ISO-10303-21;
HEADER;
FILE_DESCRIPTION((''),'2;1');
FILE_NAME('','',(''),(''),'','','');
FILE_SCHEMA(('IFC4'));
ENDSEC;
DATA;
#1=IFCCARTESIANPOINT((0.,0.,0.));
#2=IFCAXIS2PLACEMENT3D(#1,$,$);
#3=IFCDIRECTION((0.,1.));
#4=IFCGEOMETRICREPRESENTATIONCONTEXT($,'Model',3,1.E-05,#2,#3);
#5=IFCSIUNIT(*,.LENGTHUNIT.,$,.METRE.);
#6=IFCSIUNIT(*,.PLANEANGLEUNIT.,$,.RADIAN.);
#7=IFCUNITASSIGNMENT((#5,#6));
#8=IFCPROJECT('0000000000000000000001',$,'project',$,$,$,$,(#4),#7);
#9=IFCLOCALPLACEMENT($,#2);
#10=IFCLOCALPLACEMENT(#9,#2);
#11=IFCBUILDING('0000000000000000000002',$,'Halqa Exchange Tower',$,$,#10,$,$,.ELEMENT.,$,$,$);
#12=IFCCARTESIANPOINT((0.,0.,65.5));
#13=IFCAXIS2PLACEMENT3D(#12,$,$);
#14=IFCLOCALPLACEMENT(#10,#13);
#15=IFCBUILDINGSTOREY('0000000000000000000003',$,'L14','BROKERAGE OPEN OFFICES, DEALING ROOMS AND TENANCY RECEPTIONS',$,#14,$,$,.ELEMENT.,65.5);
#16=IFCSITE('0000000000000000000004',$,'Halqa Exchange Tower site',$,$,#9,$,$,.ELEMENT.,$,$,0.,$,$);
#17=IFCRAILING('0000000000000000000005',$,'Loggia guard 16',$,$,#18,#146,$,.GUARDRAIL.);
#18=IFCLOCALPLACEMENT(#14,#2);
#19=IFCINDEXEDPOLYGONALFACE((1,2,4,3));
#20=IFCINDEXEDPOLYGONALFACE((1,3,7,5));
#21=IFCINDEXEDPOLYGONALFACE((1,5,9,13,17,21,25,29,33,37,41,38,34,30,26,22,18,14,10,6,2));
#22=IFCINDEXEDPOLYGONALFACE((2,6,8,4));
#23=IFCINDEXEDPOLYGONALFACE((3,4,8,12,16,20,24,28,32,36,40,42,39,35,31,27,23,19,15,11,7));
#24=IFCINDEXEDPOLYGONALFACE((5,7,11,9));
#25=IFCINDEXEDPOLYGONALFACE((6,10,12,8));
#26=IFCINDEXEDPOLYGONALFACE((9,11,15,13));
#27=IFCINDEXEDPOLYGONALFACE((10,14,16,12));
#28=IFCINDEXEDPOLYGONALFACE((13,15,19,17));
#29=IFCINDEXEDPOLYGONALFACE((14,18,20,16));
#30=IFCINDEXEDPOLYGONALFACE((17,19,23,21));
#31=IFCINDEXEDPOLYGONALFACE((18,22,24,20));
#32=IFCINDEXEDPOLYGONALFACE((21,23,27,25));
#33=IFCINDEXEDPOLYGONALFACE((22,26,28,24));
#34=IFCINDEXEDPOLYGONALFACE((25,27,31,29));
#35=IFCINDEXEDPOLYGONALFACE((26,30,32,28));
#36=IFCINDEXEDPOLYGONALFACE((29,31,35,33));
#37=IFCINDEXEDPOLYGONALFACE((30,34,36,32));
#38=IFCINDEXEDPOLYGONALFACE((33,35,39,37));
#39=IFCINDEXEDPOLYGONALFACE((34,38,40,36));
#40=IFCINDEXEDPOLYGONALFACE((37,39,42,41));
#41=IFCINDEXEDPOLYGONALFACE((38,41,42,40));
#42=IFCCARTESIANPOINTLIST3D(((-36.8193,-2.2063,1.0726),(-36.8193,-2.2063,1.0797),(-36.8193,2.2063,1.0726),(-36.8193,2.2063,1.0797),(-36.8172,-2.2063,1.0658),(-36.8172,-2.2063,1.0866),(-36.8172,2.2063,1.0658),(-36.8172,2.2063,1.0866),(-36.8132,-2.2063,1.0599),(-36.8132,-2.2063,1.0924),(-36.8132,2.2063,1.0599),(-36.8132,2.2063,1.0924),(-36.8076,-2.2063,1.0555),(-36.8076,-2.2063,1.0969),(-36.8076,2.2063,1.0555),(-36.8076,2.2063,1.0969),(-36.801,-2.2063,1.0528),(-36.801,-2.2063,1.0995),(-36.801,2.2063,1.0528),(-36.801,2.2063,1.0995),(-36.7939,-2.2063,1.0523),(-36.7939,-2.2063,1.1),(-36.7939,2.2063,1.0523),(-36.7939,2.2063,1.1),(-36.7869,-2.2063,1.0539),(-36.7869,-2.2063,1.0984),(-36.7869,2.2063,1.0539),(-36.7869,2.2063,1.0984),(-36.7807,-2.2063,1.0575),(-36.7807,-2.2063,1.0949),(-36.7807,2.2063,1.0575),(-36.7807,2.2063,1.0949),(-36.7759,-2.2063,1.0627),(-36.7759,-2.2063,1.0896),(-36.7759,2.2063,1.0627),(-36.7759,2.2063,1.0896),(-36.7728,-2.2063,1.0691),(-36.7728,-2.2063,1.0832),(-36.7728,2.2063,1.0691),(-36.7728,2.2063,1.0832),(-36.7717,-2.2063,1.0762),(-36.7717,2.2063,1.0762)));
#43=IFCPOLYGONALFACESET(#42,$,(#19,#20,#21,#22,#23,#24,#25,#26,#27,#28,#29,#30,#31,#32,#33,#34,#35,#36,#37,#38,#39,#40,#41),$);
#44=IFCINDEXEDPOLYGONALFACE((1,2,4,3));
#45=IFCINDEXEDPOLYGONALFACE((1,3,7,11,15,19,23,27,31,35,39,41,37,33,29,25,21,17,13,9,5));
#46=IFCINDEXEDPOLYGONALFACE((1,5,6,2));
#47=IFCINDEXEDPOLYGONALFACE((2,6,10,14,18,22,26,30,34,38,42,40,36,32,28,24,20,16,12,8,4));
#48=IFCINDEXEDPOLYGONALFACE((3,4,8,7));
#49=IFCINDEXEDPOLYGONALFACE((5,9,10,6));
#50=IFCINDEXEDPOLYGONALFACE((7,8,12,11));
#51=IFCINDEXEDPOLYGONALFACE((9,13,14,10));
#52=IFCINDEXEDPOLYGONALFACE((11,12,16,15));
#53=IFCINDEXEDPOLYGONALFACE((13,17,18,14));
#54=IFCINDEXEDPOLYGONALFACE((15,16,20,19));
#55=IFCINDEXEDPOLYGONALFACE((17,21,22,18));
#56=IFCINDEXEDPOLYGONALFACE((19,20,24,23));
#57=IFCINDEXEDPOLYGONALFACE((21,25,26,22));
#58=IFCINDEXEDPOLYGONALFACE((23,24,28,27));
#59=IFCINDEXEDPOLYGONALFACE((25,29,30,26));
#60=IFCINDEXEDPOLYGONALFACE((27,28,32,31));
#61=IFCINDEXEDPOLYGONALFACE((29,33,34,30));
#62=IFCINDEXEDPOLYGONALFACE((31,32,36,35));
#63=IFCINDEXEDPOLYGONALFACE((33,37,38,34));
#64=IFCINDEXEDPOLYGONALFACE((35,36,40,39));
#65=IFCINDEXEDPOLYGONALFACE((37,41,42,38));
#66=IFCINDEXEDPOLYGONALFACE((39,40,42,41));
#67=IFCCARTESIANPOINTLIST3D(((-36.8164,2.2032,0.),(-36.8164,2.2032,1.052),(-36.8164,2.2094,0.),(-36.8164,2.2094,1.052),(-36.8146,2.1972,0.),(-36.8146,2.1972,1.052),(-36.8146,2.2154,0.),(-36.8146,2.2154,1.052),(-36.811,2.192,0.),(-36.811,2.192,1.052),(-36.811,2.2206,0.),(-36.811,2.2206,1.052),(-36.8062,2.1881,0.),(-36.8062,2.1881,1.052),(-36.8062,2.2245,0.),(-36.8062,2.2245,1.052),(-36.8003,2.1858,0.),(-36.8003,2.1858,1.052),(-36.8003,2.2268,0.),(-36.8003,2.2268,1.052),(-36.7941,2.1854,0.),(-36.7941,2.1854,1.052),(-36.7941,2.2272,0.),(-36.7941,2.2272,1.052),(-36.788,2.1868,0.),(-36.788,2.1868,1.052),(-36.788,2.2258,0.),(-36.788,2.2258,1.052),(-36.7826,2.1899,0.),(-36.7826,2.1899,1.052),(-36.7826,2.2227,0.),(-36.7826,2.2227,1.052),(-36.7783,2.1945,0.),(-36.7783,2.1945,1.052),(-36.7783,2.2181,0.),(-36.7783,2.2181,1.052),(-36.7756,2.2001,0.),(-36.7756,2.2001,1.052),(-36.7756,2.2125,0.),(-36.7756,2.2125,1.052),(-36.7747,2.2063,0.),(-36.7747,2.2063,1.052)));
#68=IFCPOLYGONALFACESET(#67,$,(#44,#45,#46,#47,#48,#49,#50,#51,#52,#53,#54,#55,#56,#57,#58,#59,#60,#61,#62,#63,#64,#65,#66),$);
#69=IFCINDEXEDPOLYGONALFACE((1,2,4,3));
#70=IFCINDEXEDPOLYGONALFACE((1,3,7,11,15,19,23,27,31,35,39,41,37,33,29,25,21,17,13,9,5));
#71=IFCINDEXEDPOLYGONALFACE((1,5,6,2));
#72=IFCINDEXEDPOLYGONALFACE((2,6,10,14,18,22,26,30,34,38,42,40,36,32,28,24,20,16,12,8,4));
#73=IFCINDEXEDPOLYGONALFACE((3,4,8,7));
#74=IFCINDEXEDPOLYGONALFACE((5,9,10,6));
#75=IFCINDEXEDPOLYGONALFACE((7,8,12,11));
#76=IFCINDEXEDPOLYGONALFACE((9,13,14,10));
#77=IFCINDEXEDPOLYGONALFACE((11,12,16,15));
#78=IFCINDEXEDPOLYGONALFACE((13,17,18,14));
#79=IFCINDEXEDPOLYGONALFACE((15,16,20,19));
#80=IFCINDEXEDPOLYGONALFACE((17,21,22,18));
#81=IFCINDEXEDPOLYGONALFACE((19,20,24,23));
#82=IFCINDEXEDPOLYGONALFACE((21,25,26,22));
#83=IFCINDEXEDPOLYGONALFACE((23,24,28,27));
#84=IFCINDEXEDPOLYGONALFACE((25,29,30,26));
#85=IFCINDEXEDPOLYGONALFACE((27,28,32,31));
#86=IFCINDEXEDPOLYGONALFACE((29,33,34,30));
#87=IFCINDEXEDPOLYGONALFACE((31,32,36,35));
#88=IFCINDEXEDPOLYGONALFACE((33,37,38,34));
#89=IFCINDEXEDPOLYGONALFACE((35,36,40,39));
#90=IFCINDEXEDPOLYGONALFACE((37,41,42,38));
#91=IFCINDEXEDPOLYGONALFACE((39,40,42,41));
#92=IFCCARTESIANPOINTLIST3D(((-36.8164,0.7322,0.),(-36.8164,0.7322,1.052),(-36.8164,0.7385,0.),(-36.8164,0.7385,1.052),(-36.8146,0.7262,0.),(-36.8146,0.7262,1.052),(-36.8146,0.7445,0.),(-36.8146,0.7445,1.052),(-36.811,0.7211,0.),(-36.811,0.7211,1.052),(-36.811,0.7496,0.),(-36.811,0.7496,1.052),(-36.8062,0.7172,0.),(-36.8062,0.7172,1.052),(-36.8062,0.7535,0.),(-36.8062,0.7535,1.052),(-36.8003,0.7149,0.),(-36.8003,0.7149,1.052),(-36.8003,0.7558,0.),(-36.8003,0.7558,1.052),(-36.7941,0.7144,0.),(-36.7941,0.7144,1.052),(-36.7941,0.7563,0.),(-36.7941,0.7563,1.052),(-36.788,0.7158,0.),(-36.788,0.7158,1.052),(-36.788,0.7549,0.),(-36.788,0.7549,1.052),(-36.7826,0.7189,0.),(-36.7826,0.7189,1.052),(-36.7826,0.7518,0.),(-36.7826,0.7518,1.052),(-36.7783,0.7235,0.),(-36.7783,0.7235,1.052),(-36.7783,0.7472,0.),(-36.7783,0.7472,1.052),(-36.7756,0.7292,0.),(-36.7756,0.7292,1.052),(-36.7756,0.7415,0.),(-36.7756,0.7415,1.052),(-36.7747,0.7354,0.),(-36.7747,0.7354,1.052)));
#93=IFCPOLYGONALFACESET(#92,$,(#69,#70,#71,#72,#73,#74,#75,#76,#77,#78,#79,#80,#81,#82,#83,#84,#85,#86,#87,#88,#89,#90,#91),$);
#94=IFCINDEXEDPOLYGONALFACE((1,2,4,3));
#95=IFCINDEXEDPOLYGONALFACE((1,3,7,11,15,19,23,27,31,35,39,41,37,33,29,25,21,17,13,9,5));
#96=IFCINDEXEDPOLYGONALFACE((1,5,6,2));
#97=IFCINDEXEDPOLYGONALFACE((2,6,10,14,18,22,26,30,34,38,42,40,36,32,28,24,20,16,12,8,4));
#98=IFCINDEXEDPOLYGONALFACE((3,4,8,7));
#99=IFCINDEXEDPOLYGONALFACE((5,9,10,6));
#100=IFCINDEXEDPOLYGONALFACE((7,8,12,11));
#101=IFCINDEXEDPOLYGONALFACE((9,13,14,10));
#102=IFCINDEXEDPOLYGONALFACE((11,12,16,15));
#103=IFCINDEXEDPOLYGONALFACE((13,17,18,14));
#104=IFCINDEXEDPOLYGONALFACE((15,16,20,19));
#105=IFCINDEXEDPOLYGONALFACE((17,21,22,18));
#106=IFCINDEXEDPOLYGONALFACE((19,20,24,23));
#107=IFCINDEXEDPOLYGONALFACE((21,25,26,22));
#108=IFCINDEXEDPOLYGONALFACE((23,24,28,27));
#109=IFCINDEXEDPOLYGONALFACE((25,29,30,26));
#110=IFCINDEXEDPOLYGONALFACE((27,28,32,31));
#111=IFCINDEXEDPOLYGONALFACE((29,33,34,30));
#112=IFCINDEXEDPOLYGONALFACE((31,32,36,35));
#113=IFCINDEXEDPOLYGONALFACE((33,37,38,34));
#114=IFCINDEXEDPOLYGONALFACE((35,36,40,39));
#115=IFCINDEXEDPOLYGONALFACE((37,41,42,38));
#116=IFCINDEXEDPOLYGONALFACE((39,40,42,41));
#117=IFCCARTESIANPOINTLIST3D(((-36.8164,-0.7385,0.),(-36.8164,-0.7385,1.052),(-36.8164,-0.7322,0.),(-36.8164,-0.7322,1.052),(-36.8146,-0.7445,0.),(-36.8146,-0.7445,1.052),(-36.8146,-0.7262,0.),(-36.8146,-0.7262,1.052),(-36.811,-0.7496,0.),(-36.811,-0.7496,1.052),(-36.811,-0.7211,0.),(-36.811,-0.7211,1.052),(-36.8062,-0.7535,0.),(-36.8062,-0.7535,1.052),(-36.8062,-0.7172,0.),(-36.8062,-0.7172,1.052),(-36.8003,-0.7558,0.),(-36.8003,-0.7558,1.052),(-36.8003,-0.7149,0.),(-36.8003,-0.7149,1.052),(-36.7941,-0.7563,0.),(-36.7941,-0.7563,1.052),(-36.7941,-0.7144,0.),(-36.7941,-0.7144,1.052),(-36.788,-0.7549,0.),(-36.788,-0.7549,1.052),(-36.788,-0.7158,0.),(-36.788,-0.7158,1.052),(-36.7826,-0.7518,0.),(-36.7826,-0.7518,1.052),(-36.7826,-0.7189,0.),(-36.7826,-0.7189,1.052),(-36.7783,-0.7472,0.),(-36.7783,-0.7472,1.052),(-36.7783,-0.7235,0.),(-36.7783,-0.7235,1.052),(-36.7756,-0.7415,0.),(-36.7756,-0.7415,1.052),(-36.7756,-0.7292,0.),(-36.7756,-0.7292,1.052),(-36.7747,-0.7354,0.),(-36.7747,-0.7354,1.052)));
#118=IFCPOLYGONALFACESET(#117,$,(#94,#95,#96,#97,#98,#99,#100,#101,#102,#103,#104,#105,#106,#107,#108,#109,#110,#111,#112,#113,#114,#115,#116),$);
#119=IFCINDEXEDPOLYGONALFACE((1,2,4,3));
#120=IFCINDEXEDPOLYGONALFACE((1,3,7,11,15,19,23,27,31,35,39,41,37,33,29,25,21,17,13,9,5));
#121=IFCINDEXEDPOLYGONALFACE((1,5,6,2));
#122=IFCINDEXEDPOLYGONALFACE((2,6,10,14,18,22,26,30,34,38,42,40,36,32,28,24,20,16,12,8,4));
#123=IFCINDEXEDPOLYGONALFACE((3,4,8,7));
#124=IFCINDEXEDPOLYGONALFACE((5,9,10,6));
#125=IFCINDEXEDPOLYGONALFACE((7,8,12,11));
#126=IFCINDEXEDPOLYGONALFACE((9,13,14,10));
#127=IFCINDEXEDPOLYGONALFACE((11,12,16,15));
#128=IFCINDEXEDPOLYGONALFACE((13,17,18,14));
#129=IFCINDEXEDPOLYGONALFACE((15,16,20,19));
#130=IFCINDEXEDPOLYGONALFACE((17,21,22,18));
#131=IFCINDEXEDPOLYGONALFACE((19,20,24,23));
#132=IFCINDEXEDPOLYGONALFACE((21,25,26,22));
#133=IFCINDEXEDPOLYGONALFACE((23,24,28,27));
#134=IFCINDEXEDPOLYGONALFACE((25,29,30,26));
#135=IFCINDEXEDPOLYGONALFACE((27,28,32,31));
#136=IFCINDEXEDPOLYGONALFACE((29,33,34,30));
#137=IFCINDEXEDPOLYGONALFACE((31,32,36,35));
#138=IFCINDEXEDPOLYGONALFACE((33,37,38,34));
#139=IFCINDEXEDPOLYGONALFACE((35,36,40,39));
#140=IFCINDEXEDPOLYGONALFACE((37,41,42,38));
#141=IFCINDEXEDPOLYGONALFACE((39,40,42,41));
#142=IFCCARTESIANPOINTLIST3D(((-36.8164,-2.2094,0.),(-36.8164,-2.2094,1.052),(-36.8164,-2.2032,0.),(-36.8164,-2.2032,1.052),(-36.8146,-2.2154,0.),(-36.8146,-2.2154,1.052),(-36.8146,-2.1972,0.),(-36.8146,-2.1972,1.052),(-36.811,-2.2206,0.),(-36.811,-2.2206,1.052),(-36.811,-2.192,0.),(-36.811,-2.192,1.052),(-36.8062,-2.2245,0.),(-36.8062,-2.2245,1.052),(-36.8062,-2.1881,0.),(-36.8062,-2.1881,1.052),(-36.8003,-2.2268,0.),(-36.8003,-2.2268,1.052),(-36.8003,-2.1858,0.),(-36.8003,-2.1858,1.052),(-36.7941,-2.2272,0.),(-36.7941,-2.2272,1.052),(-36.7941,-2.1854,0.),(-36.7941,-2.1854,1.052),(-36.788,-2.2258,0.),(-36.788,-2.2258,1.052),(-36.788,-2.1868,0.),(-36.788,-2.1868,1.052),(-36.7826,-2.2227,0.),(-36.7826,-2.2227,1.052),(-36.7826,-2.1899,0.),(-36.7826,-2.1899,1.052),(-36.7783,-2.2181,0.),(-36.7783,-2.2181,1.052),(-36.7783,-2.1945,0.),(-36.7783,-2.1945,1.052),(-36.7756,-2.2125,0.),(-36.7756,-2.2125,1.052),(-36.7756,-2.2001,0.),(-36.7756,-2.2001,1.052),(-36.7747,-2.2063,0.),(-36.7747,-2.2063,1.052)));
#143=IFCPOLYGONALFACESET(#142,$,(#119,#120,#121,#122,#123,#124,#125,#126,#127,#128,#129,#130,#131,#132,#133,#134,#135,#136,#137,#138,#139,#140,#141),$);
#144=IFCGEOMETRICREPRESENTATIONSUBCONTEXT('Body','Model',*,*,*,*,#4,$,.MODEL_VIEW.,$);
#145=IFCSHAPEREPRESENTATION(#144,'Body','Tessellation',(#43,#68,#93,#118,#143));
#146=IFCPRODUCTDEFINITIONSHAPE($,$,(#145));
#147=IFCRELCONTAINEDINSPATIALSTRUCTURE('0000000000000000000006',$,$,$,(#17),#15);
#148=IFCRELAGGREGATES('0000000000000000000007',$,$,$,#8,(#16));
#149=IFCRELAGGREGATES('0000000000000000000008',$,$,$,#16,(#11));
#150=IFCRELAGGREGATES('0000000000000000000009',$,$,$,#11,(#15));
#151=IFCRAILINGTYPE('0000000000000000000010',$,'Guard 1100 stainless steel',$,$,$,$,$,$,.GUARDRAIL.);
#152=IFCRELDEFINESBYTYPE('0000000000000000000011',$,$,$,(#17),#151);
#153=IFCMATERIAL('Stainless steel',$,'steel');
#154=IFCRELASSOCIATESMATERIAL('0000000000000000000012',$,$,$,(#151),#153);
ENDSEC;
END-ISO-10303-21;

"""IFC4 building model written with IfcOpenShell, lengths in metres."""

from ifc_helpers import new_model, si_unit, direction, frame, origin, origin_2d, place, context, subcontext, project, spatial, circle, extrude, material, type_object, element, save


model = new_model("IFC4")

# Units and contexts
model_context = context("Model", 3, precision=1e-05, world=origin(), true_north=direction((0.0, 1.0)))
body_context = subcontext(model_context, "Body", "Model", "MODEL_VIEW")
ifc_project = project(units=[si_unit("LENGTHUNIT", "METRE"), si_unit("PLANEANGLEUNIT", "RADIAN")], contexts=[model_context])

# Site, building, storey
site_placement = place(None, origin())
site = spatial("IfcSite", under=ifc_project, at=site_placement, Name="Halqa Exchange Tower site", CompositionType="ELEMENT", RefElevation=0.0)
building_placement = place(site_placement, origin())
building = spatial("IfcBuilding", under=site, at=building_placement, Name="Halqa Exchange Tower", CompositionType="ELEMENT")
storey_placement = place(building_placement, frame((0.0, 0.0, 65.5)))
storey = spatial("IfcBuildingStorey", under=building, at=storey_placement, Name="L14", Description="BROKERAGE OPEN OFFICES, DEALING ROOMS AND TENANCY RECEPTIONS", CompositionType="ELEMENT", Elevation=65.5)

# Railing
ifc_material_1 = material(Name="Stainless steel", Category="steel")
railing_type = type_object("IfcRailingType", Name="Guard 1100 stainless steel", PredefinedType="GUARDRAIL", material=ifc_material_1)
railing_1_placement = place(storey_placement, frame((-36.7957, 2.2063, 0.0)))
element("IfcRailing", 1, at=railing_1_placement, inside=storey, type_object=railing_type, Name="Loggia guard 16", PredefinedType="GUARDRAIL", context=body_context, shape_type="SweptSolid", body=[
    extrude(circle(Radius=0.0239, at=origin_2d()), frame((0.0, 0.0, 1.0762), z_axis=(0.0, -1.0, 0.0), x_axis=(1.0, 0.0, 0.0)), (0.0, 0.0, 1.0), 4.4126),
    extrude(circle(Radius=0.021, at=origin_2d()), origin(), (0.0, 0.0, 1.0), 1.052),
    extrude(circle(Radius=0.021, at=origin_2d()), frame((0.0, -1.4709, 0.0)), (0.0, 0.0, 1.0), 1.052),
    extrude(circle(Radius=0.021, at=origin_2d()), frame((0.0, -2.9417, 0.0)), (0.0, 0.0, 1.0), 1.052),
    extrude(circle(Radius=0.021, at=origin_2d()), frame((0.0, -4.4126, 0.0)), (0.0, 0.0, 1.0), 1.052),
])

save(model, "model.ifc")
